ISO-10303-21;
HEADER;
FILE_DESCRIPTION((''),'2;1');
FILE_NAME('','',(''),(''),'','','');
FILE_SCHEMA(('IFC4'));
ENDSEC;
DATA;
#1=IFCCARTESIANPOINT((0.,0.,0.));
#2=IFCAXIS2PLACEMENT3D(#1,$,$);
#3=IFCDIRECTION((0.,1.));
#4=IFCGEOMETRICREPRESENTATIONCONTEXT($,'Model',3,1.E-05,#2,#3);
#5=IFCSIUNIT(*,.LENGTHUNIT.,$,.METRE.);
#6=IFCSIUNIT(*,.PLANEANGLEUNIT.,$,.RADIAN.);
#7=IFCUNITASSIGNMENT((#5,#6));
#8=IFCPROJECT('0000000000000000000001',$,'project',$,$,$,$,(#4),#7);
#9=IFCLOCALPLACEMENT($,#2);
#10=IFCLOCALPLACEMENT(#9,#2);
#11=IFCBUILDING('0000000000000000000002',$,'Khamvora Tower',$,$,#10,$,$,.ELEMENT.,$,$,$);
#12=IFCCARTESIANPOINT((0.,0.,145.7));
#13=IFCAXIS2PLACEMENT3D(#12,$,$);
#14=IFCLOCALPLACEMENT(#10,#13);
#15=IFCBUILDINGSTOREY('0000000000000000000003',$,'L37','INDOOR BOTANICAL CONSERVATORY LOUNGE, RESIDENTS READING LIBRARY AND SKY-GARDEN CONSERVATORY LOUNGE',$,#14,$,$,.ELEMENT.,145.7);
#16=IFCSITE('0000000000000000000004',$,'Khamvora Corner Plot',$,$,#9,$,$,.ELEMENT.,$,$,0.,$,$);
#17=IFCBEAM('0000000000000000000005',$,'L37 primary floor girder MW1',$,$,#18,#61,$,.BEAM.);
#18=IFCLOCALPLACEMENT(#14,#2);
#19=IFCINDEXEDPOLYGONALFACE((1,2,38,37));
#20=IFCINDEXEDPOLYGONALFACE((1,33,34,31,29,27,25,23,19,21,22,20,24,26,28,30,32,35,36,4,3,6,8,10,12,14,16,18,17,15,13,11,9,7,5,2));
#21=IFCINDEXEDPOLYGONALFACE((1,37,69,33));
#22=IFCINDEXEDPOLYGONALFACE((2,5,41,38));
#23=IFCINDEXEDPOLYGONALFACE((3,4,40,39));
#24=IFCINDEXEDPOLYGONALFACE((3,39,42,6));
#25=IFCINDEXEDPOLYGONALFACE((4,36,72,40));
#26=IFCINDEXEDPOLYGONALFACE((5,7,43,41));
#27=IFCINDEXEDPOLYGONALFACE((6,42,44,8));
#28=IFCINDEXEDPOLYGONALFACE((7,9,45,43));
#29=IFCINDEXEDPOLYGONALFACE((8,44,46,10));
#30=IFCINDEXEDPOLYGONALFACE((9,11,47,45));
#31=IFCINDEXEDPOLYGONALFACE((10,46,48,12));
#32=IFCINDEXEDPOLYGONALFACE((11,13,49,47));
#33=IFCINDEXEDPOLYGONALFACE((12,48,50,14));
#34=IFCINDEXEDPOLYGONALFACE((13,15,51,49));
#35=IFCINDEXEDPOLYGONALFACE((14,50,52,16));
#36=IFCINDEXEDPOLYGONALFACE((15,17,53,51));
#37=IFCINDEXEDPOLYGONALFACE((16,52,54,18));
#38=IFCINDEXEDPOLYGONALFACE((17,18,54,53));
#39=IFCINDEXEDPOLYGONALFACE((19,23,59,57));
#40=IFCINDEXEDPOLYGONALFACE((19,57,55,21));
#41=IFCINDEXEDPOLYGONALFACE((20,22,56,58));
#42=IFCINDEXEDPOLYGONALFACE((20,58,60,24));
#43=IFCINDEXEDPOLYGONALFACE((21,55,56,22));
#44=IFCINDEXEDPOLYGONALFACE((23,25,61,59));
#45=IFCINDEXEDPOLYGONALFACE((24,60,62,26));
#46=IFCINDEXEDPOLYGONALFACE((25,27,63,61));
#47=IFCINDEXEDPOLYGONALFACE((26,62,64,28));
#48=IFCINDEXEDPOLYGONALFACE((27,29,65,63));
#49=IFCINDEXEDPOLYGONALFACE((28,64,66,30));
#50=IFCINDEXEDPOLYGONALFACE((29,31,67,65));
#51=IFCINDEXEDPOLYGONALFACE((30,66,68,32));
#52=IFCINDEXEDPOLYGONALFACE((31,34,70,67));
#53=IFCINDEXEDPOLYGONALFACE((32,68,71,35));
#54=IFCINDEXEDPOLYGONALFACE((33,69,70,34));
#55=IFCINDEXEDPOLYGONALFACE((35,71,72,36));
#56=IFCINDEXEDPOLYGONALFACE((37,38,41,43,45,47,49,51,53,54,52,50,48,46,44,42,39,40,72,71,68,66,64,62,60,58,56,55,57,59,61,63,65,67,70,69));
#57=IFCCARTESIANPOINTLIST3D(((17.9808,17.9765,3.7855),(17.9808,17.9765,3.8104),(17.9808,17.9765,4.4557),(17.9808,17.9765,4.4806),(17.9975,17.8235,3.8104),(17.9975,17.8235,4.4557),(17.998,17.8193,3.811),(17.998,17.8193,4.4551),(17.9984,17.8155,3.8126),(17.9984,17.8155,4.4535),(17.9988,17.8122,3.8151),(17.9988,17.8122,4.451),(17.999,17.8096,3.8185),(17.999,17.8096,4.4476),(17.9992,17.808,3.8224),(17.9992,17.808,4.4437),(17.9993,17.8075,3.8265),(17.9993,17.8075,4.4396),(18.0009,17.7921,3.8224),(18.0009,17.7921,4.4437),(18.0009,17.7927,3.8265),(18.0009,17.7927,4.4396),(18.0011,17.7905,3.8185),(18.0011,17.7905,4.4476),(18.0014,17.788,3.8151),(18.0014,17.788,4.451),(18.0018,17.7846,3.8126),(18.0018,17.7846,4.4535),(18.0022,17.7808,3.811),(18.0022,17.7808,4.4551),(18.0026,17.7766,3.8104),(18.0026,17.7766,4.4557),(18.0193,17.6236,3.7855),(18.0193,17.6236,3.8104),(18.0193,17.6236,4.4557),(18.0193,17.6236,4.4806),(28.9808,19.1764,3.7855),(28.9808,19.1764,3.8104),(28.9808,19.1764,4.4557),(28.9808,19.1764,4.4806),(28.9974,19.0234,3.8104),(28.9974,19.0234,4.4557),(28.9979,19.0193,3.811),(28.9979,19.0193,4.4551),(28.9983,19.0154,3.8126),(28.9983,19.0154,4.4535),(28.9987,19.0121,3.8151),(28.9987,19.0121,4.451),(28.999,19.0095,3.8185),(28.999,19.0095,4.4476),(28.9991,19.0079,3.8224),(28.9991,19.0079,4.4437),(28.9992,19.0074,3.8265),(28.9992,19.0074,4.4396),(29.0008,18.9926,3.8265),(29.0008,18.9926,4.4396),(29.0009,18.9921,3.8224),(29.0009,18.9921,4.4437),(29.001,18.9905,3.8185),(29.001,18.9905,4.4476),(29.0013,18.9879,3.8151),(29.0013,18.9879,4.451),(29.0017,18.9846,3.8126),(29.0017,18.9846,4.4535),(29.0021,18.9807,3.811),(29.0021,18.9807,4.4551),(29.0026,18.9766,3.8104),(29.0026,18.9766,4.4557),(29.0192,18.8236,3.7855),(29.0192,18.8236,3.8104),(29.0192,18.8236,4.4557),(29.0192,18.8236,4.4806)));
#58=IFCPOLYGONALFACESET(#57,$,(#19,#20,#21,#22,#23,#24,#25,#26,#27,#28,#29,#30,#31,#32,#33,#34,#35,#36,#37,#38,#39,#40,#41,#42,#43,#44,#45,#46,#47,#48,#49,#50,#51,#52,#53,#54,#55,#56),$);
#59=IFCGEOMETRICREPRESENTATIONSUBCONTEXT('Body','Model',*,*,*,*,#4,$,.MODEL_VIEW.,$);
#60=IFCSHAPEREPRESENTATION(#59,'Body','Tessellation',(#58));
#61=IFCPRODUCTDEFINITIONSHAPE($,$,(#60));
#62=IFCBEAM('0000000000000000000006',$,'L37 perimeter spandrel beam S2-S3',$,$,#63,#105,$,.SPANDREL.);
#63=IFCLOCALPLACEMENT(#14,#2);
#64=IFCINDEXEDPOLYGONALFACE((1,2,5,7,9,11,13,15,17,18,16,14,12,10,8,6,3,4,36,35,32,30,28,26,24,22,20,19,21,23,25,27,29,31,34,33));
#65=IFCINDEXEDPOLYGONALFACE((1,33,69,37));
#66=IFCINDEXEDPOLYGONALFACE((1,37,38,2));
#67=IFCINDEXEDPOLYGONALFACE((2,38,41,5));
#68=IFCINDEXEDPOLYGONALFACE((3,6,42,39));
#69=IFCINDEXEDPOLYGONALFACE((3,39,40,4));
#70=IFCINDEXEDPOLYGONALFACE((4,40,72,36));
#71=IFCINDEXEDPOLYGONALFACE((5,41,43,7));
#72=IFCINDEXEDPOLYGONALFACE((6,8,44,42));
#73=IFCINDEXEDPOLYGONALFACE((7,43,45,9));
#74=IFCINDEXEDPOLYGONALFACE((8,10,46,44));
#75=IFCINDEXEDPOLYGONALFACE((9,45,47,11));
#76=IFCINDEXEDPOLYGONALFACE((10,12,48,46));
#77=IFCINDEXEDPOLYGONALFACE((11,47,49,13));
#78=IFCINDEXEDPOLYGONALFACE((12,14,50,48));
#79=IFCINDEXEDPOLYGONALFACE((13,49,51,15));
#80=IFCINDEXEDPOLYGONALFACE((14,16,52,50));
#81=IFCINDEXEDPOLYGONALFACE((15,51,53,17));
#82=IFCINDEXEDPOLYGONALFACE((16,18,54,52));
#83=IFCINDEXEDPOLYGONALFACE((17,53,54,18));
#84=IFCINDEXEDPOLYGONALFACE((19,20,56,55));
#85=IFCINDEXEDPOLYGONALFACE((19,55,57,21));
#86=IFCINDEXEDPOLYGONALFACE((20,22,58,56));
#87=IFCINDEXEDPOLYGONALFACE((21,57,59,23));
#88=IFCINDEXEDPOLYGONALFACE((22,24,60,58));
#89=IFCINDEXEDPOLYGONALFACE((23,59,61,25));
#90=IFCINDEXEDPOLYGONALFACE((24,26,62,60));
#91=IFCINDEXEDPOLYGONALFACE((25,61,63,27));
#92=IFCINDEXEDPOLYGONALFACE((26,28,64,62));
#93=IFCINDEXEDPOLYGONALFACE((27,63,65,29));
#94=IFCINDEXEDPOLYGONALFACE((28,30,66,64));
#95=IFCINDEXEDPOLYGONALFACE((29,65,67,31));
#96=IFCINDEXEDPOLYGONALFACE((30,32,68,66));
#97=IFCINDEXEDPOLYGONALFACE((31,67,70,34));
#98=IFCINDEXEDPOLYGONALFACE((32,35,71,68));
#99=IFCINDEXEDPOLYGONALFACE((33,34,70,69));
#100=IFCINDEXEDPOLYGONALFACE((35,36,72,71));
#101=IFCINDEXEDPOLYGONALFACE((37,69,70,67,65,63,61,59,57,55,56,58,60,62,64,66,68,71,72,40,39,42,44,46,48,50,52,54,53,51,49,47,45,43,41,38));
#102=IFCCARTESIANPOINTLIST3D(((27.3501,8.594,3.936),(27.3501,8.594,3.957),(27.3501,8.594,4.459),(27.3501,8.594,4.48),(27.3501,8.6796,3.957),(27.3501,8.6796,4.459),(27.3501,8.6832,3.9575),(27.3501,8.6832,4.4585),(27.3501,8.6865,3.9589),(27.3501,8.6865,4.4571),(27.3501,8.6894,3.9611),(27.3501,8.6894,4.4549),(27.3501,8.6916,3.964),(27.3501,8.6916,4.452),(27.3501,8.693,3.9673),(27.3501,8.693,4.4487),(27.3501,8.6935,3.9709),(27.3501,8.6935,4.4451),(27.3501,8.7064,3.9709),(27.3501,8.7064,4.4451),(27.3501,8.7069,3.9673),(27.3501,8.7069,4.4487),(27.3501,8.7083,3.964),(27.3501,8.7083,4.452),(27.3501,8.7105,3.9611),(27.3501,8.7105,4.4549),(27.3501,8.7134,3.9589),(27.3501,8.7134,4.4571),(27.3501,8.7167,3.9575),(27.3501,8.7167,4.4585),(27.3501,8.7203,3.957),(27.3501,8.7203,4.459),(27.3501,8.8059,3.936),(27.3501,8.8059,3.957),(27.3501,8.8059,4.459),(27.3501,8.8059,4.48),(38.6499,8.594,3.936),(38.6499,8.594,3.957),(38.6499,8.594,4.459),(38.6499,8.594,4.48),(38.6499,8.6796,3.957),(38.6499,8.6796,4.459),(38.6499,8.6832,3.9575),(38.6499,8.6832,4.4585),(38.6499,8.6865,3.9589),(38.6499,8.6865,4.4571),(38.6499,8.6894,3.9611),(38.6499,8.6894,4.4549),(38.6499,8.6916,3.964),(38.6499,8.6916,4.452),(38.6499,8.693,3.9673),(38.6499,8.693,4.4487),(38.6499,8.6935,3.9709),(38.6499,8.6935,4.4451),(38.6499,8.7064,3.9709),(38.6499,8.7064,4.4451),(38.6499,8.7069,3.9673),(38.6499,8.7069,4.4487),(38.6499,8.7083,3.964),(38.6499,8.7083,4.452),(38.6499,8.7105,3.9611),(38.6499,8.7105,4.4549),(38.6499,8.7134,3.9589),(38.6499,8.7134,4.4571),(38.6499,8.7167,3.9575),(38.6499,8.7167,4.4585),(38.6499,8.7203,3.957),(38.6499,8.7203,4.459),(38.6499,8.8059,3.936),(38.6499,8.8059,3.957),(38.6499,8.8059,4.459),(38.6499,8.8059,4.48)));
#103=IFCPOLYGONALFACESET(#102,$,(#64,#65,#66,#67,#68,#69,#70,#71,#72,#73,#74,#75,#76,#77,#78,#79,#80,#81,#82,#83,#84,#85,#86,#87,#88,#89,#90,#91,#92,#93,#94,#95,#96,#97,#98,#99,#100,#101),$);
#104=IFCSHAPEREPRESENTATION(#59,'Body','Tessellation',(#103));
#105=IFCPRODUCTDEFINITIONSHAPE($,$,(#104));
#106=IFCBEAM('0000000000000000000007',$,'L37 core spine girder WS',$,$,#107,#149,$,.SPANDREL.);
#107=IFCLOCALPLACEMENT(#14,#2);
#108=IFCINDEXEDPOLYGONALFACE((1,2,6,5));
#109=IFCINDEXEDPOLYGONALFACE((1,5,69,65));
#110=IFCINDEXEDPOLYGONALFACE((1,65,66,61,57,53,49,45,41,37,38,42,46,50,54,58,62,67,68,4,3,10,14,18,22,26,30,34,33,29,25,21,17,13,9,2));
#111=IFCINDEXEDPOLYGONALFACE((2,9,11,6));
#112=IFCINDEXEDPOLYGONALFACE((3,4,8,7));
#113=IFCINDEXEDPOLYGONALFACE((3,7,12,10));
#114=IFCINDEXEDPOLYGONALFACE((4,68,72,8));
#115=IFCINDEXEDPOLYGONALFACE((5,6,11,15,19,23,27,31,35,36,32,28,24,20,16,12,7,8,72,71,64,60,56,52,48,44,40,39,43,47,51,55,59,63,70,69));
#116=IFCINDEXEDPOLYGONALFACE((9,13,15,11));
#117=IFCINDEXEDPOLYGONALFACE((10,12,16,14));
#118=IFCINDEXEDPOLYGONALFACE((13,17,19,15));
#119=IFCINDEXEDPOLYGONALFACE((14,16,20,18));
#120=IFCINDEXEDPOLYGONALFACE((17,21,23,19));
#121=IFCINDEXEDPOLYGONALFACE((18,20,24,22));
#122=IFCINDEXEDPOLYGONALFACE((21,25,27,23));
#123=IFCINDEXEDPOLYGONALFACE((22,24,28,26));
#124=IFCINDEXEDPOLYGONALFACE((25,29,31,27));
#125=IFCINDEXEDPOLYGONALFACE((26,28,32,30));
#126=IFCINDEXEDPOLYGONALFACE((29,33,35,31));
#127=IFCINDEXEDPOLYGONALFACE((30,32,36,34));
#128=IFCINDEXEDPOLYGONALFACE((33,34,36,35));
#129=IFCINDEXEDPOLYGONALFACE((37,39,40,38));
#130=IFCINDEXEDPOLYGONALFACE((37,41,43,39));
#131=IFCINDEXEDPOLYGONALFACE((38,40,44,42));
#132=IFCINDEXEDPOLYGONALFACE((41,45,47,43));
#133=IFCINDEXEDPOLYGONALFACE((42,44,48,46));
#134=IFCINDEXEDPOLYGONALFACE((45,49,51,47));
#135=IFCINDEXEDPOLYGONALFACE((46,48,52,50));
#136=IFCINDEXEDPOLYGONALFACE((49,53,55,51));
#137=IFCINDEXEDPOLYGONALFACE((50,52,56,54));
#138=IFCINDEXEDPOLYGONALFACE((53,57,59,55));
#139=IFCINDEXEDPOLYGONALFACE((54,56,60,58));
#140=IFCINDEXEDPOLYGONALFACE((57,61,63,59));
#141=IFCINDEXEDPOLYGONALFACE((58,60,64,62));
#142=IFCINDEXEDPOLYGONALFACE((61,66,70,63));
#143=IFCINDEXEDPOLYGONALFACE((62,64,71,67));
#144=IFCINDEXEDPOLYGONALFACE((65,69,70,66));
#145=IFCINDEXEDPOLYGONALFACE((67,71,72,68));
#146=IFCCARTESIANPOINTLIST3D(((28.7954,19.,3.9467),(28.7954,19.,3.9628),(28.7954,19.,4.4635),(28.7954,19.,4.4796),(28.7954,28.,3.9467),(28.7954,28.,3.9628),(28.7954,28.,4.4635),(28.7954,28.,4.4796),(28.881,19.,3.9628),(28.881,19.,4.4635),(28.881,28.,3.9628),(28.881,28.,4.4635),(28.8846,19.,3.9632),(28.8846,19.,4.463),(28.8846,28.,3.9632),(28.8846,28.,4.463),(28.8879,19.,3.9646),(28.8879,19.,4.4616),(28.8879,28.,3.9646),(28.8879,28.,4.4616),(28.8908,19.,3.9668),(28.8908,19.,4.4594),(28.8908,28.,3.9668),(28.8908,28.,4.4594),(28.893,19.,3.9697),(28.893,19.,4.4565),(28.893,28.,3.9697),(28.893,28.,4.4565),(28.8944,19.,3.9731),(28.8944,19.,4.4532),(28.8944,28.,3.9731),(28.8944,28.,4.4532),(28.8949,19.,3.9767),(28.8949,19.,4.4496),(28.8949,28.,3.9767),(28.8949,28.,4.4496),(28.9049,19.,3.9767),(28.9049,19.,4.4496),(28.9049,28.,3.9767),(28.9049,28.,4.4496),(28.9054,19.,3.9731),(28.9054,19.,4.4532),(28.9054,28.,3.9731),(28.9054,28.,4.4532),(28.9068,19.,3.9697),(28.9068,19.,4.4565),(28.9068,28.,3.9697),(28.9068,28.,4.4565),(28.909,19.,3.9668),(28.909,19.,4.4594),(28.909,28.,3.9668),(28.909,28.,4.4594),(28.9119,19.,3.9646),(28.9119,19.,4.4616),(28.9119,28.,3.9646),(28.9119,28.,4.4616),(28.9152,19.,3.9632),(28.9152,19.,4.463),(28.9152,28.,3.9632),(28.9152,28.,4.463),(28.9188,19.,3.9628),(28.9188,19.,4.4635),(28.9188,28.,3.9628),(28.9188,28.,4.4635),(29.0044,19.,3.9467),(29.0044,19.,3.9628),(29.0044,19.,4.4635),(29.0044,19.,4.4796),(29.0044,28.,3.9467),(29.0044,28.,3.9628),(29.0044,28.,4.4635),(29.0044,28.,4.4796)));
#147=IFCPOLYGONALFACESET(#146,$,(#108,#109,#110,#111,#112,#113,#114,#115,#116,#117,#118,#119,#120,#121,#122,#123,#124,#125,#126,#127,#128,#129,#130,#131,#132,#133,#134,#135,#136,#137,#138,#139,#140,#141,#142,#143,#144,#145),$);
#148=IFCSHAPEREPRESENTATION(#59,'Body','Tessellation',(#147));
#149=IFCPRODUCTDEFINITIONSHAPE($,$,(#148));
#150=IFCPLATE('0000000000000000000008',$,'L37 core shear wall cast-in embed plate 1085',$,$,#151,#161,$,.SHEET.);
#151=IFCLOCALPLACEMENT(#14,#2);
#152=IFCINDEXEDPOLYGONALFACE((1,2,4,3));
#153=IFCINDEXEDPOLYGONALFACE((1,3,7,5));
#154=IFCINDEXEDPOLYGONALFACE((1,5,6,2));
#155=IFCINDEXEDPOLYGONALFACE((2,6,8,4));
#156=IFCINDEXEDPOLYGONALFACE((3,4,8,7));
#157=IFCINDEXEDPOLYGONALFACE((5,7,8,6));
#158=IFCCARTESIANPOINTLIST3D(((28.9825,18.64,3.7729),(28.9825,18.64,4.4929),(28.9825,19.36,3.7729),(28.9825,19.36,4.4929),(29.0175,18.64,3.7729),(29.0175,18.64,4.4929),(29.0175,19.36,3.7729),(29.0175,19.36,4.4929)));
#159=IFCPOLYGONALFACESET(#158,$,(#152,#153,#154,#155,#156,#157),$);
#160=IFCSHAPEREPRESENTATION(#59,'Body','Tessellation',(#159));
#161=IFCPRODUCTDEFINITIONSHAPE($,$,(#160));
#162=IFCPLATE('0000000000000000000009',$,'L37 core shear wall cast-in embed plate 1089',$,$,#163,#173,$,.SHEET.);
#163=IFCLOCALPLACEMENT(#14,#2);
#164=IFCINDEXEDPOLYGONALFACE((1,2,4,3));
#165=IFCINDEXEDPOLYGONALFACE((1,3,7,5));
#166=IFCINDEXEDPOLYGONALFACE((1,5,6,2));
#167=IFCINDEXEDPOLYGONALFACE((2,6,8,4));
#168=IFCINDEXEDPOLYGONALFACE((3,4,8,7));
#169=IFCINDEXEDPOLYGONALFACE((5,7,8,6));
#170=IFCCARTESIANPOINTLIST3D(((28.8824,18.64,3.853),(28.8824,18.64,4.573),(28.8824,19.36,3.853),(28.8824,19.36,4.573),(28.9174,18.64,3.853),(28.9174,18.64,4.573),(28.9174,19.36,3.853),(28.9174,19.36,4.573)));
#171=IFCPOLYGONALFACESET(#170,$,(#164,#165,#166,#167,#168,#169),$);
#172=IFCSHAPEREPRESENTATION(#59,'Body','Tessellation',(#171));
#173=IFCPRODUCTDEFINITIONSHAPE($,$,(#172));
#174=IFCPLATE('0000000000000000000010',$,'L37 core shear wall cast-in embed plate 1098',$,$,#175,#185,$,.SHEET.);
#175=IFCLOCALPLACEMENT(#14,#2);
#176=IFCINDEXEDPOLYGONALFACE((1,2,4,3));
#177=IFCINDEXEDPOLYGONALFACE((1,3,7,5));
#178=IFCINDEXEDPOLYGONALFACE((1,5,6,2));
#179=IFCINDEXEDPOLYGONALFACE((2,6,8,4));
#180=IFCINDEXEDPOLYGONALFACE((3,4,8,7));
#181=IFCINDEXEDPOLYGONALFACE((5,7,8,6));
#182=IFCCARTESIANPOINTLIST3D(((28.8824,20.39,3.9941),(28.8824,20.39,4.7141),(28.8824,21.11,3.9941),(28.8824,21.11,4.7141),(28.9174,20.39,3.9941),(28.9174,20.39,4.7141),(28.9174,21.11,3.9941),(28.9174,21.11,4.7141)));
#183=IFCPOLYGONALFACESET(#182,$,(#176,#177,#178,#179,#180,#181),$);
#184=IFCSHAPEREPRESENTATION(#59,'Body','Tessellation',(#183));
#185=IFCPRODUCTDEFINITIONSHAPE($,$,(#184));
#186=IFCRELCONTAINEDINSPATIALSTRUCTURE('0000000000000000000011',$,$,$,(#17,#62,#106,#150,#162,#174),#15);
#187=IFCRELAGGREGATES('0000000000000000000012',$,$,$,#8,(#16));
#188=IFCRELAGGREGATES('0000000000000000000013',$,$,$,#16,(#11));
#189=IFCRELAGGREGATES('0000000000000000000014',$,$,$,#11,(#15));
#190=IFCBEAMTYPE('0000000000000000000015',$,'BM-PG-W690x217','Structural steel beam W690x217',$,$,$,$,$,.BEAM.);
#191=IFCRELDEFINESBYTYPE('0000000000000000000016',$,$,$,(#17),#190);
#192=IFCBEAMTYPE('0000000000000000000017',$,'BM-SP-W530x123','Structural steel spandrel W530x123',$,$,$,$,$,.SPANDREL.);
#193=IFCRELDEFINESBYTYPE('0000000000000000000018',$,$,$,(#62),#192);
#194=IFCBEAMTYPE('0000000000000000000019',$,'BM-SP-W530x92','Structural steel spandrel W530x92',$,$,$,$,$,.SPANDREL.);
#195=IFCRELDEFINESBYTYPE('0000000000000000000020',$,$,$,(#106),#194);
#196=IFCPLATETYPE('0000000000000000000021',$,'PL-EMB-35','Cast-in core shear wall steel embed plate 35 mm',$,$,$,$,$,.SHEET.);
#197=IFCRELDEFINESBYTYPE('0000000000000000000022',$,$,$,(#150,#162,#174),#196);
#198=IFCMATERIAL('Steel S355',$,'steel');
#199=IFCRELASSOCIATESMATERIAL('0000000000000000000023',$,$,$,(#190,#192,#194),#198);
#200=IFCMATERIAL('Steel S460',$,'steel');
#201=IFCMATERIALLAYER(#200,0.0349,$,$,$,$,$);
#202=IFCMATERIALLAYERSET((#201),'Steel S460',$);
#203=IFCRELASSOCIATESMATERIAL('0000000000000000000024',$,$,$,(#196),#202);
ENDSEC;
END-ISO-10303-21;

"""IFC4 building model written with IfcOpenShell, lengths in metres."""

from ifc_helpers import new_model, si_unit, direction, frame, origin, origin_2d, place, context, subcontext, project, spatial, rectangle, i_section, extrude, material, layer, layer_set, material_profile, profile_set, type_object, element, save


model = new_model("IFC4")

# Units and contexts
model_context = context("Model", 3, precision=1e-05, world=origin(), true_north=direction((0.0, 1.0)))
body_context = subcontext(model_context, "Body", "Model", "MODEL_VIEW")
ifc_project = project(units=[si_unit("LENGTHUNIT", "METRE"), si_unit("PLANEANGLEUNIT", "RADIAN")], contexts=[model_context])

# Site, building, storey
site_placement = place(None, origin())
site = spatial("IfcSite", under=ifc_project, at=site_placement, Name="Khamvora Corner Plot", CompositionType="ELEMENT", RefElevation=0.0)
building_placement = place(site_placement, origin())
building = spatial("IfcBuilding", under=site, at=building_placement, Name="Khamvora Tower", CompositionType="ELEMENT")
storey_placement = place(building_placement, frame((0.0, 0.0, 145.7)))
storey = spatial("IfcBuildingStorey", under=building, at=storey_placement, Name="L37", Description="INDOOR BOTANICAL CONSERVATORY LOUNGE, RESIDENTS READING LIBRARY AND SKY-GARDEN CONSERVATORY LOUNGE", CompositionType="ELEMENT", Elevation=145.7)

# Shared definitions
ifc_material_1 = material(Name="Steel S460", Category="steel")
ifc_material_2 = material(Name="Steel S355", Category="steel")

# Beams
ifc_material_profile_1 = material_profile(ifc_material_2, i_section(OverallWidth=0.355, OverallDepth=0.6951, WebThickness=0.0149, FlangeThickness=0.0249, FilletRadius=0.0161, at=origin_2d()), Name="W690x217")
ifc_profile_set_1 = profile_set([ifc_material_profile_1], Name="Steel S355")
beam_type_1 = type_object("IfcBeamType", Name="BM-PG-W690x217", Description="Structural steel beam W690x217", PredefinedType="BEAM", material=ifc_profile_set_1)
beam_1_placement = place(storey_placement, frame((29.0, 19.0, 4.1331), z_axis=(-0.994103, -0.108443, 0.0), x_axis=(0.108443, -0.994103, 0.0)))
element("IfcBeam", 1, at=beam_1_placement, inside=storey, type_object=beam_type_1, Name="L37 primary floor girder MW1", PredefinedType="BEAM", context=body_context, shape_type="SweptSolid", body=[
    extrude(i_section(OverallWidth=0.355, OverallDepth=0.6951, WebThickness=0.0149, FlangeThickness=0.0249, FilletRadius=0.0161, at=origin_2d()), origin(), (0.0, 0.0, 1.0), 11.0652),
])
ifc_material_profile_2 = material_profile(ifc_material_2, i_section(OverallWidth=0.2119, OverallDepth=0.5439, WebThickness=0.0129, FlangeThickness=0.021, FilletRadius=0.0139, at=origin_2d()), Name="W530x123")
ifc_profile_set_2 = profile_set([ifc_material_profile_2], Name="Steel S355")
beam_type_2 = type_object("IfcBeamType", Name="BM-SP-W530x123", Description="Structural steel spandrel W530x123", PredefinedType="SPANDREL", material=ifc_profile_set_2)
beam_2_placement = place(storey_placement, frame((27.3501, 8.7, 4.208), z_axis=(1.0, 0.0, 0.0), x_axis=(0.0, 1.0, 0.0)))
element("IfcBeam", 2, at=beam_2_placement, inside=storey, type_object=beam_type_2, Name="L37 perimeter spandrel beam S2-S3", PredefinedType="SPANDREL", context=body_context, shape_type="SweptSolid", body=[
    extrude(i_section(OverallWidth=0.2119, OverallDepth=0.5439, WebThickness=0.0129, FlangeThickness=0.021, FilletRadius=0.0139, at=origin_2d()), origin(), (0.0, 0.0, 1.0), 11.2998),
])
ifc_material_profile_3 = material_profile(ifc_material_2, i_section(OverallWidth=0.209, OverallDepth=0.533, WebThickness=0.01, FlangeThickness=0.0161, FilletRadius=0.0139, at=origin_2d()), Name="W530x92")
ifc_profile_set_3 = profile_set([ifc_material_profile_3], Name="Steel S355")
beam_type_3 = type_object("IfcBeamType", Name="BM-SP-W530x92", Description="Structural steel spandrel W530x92", PredefinedType="SPANDREL", material=ifc_profile_set_3)
beam_3_placement = place(storey_placement, frame((28.8999, 19.0, 4.2131), z_axis=(0.0, 1.0, 0.0), x_axis=(-1.0, 0.0, 0.0)))
element("IfcBeam", 3, at=beam_3_placement, inside=storey, type_object=beam_type_3, Name="L37 core spine girder WS", PredefinedType="SPANDREL", context=body_context, shape_type="SweptSolid", body=[
    extrude(i_section(OverallWidth=0.209, OverallDepth=0.533, WebThickness=0.01, FlangeThickness=0.0161, FilletRadius=0.0139, at=origin_2d()), origin(), (0.0, 0.0, 1.0), 9.0),
])

# Plates
ifc_layer_1 = layer(ifc_material_1, 0.0349)
ifc_layer_set_1 = layer_set([ifc_layer_1], Name="Steel S460")
plate_type = type_object("IfcPlateType", Name="PL-EMB-35", Description="Cast-in core shear wall steel embed plate 35 mm", PredefinedType="SHEET", material=ifc_layer_set_1)
for number, where, z_axis, x_axis, name in (
    (4, (29.0, 19.0, 3.7729), (0.0, 0.0, 1.0), (1.0, 0.0, 0.0), "L37 core shear wall cast-in embed plate 1085"),
    (5, (28.8999, 19.0, 3.853), (0.0, 0.0, 1.0), (1.0, 0.0, 0.0), "L37 core shear wall cast-in embed plate 1089"),
    (6, (28.8999, 20.75, 3.9941), (0.0, 0.0, 1.0), (1.0, 0.0, 0.0), "L37 core shear wall cast-in embed plate 1098"),
):
    element("IfcPlate", number, at=place(storey_placement, frame(where, z_axis=z_axis, x_axis=x_axis)), inside=storey, type_object=plate_type, Name=name, PredefinedType="SHEET", context=body_context, shape_type="SweptSolid", body=[
        extrude(rectangle(XDim=0.0349, YDim=0.72, at=origin_2d()), origin(), (0.0, 0.0, 1.0), 0.72),
    ])

save(model, "model.ifc")
